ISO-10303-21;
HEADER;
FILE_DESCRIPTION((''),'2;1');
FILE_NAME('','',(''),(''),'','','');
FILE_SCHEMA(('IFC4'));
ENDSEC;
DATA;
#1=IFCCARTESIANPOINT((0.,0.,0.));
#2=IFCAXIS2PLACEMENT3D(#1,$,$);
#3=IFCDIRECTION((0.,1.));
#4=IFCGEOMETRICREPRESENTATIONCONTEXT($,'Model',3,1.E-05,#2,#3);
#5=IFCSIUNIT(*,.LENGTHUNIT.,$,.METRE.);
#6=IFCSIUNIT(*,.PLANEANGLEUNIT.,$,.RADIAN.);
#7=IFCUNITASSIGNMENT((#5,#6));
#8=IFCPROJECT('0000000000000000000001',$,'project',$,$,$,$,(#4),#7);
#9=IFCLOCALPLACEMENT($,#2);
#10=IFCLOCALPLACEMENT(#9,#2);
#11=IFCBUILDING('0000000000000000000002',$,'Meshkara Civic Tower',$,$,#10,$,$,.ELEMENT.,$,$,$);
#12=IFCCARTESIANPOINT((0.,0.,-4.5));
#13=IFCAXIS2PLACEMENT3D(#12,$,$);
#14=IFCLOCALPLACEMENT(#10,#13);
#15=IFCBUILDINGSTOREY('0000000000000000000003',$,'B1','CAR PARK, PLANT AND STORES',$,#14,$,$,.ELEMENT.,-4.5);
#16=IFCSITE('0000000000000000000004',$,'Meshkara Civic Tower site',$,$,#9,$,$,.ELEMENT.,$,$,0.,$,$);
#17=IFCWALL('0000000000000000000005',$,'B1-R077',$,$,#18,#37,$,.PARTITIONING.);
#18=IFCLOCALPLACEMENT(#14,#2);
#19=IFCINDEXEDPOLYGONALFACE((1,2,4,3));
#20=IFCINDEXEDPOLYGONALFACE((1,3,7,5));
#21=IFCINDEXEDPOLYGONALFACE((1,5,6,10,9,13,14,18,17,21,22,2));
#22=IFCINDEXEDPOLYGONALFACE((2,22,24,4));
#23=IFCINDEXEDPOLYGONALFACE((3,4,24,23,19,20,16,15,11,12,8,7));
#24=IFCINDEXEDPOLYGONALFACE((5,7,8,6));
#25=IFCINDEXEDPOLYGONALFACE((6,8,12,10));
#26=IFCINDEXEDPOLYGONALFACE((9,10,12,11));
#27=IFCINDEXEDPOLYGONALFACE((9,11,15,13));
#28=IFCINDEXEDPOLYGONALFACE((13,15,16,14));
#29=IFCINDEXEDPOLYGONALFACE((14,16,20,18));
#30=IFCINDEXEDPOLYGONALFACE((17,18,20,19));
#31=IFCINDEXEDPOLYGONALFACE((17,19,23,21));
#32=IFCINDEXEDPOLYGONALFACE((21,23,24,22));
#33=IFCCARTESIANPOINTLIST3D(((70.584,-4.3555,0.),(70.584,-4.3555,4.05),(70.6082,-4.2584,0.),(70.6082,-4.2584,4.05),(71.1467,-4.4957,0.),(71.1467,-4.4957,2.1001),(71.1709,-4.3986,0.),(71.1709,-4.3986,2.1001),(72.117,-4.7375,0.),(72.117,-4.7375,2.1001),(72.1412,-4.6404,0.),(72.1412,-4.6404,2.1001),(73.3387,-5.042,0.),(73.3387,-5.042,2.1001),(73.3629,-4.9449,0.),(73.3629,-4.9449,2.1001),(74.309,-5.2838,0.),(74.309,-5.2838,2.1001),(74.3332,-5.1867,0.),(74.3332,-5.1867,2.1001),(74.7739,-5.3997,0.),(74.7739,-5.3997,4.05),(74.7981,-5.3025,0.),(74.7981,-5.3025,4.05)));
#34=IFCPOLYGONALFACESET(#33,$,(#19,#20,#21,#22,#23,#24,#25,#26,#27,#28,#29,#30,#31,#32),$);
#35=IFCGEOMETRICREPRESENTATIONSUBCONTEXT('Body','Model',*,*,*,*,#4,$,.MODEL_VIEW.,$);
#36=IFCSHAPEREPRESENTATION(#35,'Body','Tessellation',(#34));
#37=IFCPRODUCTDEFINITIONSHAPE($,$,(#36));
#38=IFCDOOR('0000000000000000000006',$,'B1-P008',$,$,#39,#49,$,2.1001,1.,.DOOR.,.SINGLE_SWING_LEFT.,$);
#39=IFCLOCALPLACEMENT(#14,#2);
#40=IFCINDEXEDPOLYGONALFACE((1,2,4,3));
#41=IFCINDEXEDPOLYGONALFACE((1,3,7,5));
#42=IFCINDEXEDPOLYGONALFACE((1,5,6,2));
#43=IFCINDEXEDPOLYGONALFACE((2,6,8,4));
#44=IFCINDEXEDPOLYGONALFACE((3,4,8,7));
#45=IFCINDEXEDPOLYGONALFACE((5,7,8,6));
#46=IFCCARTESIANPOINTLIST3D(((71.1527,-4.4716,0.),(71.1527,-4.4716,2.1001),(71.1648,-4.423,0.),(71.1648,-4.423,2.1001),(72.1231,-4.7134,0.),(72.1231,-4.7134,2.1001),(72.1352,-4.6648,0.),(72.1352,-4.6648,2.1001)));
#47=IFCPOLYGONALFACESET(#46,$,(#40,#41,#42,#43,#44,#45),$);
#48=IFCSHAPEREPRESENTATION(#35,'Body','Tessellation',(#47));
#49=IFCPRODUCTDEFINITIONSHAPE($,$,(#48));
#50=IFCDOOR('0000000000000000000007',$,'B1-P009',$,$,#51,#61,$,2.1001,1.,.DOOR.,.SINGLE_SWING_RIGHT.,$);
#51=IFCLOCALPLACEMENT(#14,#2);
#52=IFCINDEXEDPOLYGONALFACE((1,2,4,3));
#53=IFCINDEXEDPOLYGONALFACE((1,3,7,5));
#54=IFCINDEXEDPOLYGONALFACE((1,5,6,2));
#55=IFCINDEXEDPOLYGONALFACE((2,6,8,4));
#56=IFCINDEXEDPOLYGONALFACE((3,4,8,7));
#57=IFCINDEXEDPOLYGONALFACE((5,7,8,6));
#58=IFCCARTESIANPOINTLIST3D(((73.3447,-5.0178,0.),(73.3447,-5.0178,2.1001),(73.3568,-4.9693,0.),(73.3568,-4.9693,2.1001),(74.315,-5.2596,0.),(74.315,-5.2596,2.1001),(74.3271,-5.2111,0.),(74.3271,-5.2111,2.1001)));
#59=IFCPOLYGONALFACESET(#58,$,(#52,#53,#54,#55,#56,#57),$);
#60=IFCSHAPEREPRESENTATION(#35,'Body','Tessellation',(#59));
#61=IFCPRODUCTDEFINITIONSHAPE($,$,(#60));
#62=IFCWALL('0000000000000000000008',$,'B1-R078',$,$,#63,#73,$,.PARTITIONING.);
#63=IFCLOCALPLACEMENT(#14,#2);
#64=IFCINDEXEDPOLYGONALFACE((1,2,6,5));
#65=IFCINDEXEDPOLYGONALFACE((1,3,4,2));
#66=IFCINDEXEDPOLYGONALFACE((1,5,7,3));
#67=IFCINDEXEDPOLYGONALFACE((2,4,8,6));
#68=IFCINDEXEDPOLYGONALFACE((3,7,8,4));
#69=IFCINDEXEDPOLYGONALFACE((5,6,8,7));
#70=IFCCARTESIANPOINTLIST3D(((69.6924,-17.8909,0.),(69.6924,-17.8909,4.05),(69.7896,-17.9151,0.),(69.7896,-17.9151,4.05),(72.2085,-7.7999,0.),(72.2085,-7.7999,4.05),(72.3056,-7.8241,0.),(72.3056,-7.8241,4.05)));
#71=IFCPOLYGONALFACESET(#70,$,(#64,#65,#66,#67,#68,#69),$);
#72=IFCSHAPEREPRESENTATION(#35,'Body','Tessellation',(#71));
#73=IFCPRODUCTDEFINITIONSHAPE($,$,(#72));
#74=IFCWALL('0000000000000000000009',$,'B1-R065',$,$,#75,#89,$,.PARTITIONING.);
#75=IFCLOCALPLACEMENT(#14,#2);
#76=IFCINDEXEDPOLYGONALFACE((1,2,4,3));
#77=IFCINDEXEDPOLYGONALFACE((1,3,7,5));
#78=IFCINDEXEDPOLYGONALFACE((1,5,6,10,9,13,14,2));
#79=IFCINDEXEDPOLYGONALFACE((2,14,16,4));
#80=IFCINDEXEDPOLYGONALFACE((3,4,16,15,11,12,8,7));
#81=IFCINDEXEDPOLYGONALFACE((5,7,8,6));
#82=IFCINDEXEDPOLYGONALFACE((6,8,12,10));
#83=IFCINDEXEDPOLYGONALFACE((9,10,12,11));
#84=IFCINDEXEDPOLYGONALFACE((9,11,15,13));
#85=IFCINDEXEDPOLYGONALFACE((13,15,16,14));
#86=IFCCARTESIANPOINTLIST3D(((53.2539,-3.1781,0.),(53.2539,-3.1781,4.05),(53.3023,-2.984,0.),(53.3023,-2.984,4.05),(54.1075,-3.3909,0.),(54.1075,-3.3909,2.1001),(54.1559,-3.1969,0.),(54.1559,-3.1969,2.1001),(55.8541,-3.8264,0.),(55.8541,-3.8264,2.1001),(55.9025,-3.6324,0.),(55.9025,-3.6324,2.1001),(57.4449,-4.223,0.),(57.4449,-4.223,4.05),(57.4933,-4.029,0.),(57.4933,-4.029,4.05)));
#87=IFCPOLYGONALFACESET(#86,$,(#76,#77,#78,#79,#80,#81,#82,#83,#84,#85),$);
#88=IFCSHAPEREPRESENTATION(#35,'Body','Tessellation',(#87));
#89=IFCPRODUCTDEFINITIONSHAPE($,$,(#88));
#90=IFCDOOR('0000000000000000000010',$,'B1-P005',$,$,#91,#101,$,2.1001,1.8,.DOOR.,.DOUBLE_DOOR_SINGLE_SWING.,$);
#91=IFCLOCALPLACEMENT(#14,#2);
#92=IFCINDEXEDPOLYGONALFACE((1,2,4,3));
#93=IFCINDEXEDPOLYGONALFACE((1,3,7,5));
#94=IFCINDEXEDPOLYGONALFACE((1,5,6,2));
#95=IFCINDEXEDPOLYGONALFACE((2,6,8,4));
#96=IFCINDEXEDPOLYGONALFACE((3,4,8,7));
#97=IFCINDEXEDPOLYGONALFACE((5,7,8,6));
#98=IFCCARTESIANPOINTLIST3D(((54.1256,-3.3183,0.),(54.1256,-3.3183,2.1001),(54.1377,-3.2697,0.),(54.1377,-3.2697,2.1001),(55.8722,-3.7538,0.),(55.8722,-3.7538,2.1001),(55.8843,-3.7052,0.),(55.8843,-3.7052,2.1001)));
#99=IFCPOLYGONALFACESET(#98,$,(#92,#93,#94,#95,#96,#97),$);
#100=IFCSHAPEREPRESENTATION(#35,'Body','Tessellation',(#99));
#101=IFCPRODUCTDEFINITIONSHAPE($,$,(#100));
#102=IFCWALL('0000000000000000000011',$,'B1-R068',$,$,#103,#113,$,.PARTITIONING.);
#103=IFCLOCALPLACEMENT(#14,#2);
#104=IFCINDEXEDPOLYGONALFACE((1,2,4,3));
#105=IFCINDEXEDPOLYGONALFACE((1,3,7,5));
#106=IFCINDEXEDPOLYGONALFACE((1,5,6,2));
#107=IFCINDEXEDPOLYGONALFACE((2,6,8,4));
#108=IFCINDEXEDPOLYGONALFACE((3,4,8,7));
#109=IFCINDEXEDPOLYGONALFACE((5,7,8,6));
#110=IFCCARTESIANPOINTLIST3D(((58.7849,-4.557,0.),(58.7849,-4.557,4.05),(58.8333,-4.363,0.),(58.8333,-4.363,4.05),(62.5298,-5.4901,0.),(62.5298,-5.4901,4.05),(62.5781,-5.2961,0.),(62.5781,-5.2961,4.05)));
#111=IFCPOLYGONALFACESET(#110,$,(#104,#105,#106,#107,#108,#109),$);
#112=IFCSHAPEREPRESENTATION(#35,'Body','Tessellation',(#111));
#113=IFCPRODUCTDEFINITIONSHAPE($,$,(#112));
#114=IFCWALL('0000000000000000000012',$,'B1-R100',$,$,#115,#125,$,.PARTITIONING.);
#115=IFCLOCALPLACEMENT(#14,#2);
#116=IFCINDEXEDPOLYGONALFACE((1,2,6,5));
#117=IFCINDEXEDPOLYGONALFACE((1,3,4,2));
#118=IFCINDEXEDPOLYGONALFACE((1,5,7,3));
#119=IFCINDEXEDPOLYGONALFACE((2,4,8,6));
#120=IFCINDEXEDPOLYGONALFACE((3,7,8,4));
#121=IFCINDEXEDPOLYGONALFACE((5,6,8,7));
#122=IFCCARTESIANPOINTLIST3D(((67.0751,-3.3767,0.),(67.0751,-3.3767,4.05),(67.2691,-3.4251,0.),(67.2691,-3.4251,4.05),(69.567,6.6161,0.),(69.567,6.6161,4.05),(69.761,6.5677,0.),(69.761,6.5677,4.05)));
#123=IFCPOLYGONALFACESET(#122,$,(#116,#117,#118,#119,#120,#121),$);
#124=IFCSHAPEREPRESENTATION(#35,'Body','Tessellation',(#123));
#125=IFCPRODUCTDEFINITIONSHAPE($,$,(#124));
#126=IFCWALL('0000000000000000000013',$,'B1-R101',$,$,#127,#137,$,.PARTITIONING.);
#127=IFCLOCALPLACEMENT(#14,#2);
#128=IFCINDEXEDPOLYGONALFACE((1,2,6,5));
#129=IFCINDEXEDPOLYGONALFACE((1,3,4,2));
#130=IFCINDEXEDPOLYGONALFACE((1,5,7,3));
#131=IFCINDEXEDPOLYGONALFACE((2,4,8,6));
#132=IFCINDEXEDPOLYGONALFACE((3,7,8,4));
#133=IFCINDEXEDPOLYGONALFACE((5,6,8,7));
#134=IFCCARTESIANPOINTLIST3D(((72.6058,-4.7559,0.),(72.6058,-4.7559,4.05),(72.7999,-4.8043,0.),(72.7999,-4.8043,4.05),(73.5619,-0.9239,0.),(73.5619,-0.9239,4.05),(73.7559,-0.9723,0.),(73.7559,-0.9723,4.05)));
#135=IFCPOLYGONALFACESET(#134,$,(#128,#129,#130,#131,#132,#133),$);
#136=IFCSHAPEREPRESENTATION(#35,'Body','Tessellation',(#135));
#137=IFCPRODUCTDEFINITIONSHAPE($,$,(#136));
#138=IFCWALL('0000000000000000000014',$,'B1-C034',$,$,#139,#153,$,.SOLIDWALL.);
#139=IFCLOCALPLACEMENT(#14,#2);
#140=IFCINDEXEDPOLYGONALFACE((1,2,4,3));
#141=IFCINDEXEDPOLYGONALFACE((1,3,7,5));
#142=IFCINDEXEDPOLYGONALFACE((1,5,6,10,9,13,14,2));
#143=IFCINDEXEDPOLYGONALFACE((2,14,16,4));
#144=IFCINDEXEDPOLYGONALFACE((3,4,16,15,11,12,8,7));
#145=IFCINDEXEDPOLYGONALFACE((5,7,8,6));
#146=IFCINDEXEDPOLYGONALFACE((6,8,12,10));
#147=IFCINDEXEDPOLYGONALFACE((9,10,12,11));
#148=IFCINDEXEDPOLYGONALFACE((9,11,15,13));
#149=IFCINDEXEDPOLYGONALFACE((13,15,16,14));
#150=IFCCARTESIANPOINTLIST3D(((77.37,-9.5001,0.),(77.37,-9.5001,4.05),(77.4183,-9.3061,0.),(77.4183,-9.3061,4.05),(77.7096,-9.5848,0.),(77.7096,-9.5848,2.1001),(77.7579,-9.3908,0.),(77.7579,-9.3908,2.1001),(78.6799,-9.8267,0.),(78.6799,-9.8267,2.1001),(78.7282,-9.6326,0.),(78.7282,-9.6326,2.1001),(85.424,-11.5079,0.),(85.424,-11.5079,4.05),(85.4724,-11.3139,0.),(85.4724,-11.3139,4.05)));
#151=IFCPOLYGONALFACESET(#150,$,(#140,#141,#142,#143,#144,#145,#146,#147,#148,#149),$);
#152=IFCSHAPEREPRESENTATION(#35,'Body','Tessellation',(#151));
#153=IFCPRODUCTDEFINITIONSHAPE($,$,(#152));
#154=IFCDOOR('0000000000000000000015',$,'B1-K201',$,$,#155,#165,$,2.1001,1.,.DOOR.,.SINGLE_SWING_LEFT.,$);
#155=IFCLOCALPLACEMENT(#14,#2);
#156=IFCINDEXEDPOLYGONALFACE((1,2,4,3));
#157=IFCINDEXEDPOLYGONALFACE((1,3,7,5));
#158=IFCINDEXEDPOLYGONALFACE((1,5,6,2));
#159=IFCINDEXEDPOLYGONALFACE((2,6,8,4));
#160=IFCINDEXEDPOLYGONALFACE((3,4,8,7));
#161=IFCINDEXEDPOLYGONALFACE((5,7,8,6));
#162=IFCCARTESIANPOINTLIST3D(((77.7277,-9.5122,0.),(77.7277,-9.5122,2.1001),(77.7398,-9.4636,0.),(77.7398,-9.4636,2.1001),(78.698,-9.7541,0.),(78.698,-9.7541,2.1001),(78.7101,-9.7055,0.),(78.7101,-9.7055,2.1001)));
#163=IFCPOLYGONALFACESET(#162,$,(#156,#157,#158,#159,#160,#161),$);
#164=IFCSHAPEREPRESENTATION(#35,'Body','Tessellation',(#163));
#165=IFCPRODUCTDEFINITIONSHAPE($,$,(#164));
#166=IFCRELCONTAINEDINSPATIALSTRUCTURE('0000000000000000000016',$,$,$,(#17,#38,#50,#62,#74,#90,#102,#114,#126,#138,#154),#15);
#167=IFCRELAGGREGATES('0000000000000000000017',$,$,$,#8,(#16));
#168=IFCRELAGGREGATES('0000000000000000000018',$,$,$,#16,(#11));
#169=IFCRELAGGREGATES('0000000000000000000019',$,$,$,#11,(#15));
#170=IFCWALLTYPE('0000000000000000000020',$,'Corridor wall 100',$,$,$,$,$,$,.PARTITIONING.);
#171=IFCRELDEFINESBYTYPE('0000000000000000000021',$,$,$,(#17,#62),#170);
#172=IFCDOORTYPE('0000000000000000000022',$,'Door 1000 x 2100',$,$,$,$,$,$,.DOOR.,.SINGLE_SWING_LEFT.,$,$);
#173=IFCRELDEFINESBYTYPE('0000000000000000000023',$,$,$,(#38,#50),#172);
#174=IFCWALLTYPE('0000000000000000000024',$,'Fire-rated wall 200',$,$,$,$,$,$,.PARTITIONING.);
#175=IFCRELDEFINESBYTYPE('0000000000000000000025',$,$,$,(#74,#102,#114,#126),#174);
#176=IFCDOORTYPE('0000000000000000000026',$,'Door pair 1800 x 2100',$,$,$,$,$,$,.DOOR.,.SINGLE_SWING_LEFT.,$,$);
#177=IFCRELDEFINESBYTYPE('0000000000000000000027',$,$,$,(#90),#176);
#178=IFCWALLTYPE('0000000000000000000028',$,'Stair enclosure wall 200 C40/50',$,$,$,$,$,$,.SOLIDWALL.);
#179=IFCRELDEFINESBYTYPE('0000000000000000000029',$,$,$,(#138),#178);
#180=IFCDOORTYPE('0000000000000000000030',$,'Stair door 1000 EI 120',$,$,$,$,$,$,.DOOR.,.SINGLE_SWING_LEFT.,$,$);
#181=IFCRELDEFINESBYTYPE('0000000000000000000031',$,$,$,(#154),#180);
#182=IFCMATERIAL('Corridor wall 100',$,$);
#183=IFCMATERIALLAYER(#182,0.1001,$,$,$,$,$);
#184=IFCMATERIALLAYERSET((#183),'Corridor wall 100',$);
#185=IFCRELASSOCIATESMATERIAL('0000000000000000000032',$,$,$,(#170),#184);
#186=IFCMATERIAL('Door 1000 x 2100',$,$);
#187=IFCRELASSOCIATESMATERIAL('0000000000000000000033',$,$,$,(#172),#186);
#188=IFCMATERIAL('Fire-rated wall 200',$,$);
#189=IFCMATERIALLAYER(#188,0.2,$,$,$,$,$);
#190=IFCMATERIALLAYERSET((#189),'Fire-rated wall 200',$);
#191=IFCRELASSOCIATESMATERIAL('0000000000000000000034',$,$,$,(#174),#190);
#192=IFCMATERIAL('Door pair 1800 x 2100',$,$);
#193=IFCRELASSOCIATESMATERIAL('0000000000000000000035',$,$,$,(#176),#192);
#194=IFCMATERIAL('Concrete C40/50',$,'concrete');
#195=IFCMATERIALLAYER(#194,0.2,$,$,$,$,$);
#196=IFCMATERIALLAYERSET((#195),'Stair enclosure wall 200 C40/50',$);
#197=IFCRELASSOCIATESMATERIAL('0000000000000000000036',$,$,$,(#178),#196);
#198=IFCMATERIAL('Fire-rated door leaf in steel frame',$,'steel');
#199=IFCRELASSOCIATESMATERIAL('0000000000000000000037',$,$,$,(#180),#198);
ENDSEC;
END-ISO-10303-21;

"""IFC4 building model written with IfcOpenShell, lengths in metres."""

from ifc_helpers import new_model, si_unit, direction, frame, frame_2d, origin, place, context, subcontext, project, spatial, rectangle, extrude, material, layer, layer_set, type_object, element, fill, save


model = new_model("IFC4")

# Units and contexts
model_context = context("Model", 3, precision=1e-05, world=origin(), true_north=direction((0.0, 1.0)))
body_context = subcontext(model_context, "Body", "Model", "MODEL_VIEW")
ifc_project = project(units=[si_unit("LENGTHUNIT", "METRE"), si_unit("PLANEANGLEUNIT", "RADIAN")], contexts=[model_context])

# Site, building, storey
site_placement = place(None, origin())
site = spatial("IfcSite", under=ifc_project, at=site_placement, Name="Meshkara Civic Tower site", CompositionType="ELEMENT", RefElevation=0.0)
building_placement = place(site_placement, origin())
building = spatial("IfcBuilding", under=site, at=building_placement, Name="Meshkara Civic Tower", CompositionType="ELEMENT")
storey_placement = place(building_placement, frame((0.0, 0.0, -4.5)))
storey = spatial("IfcBuildingStorey", under=building, at=storey_placement, Name="B1", Description="CAR PARK, PLANT AND STORES", CompositionType="ELEMENT", Elevation=-4.5)

# Shared definitions
ifc_material_1 = material(Name="Corridor wall 100")
ifc_layer_1 = layer(ifc_material_1, 0.1001)
ifc_layer_set_1 = layer_set([ifc_layer_1], Name="Corridor wall 100")
wall_type_1 = type_object("IfcWallType", Name="Corridor wall 100", PredefinedType="PARTITIONING", material=ifc_layer_set_1)

# Shared definitions
ifc_material_2 = material(Name="Door 1000 x 2100")
door_type_1 = type_object("IfcDoorType", Name="Door 1000 x 2100", OperationType="SINGLE_SWING_LEFT", PredefinedType="DOOR", material=ifc_material_2)

# Wall, openings, doors
wall_1_placement = place(storey_placement, frame((70.5959, -4.3069, 0.0), z_axis=(0.0, 0.0, 1.0), x_axis=(0.970322, -0.241817, 0.0)))
wall_1 = element("IfcWall", 1, at=wall_1_placement, inside=storey, type_object=wall_type_1, Name="B1-R077", PredefinedType="PARTITIONING", context=body_context, shape_type="SweptSolid", body=[
    extrude(rectangle(XDim=4.3181, YDim=0.1001, at=frame_2d((2.1592, 0.0))), origin(), (0.0, 0.0, 1.0), 4.05),
])
opening_1_placement = place(wall_1_placement, frame((0.5801, 0.0, 0.0)))
opening_1 = element("IfcOpeningElement", 2, at=opening_1_placement, cuts=wall_1, PredefinedType="OPENING", context=body_context, shape_type="SweptSolid", body=[
    extrude(rectangle(XDim=1.0, YDim=2.1001, at=frame_2d((0.5, 1.05))), frame((0.0, 0.0601, 0.0), z_axis=(0.0, -1.0, 0.0), x_axis=(1.0, 0.0, 0.0)), (0.0, 0.0, 1.0), 0.1201),
])
opening_2_placement = place(wall_1_placement, frame((2.8391, 0.0, 0.0)))
opening_2 = element("IfcOpeningElement", 3, at=opening_2_placement, cuts=wall_1, PredefinedType="OPENING", context=body_context, shape_type="SweptSolid", body=[
    extrude(rectangle(XDim=1.0, YDim=2.1001, at=frame_2d((0.5, 1.05))), frame((0.0, 0.0601, 0.0), z_axis=(0.0, -1.0, 0.0), x_axis=(1.0, 0.0, 0.0)), (0.0, 0.0, 1.0), 0.1201),
])
door_1_placement = place(opening_1_placement, origin())
door_1 = element("IfcDoor", 4, at=door_1_placement, inside=storey, type_object=door_type_1, Name="B1-P008", OperationType="SINGLE_SWING_LEFT", OverallHeight=2.1001, OverallWidth=1.0, PredefinedType="DOOR", context=body_context, shape_type="SweptSolid", body=[
    extrude(rectangle(XDim=1.0, YDim=2.1001, at=frame_2d((0.5, 1.05))), frame((0.0, 0.0249, 0.0), z_axis=(0.0, -1.0, 0.0), x_axis=(1.0, 0.0, 0.0)), (0.0, 0.0, 1.0), 0.05),
])
fill(opening_1, door_1)
door_2_placement = place(opening_2_placement, origin())
door_2 = element("IfcDoor", 5, at=door_2_placement, inside=storey, type_object=door_type_1, Name="B1-P009", OperationType="SINGLE_SWING_RIGHT", OverallHeight=2.1001, OverallWidth=1.0, PredefinedType="DOOR", context=body_context, shape_type="SweptSolid", body=[
    extrude(rectangle(XDim=1.0, YDim=2.1001, at=frame_2d((0.5, 1.05))), frame((0.0, 0.0249, 0.0), z_axis=(0.0, -1.0, 0.0), x_axis=(1.0, 0.0, 0.0)), (0.0, 0.0, 1.0), 0.05),
])
fill(opening_2, door_2)

# Wall
wall_2_placement = place(storey_placement, frame((72.2571, -7.812, 0.0), z_axis=(0.0, 0.0, 1.0), x_axis=(-0.241934, -0.970293, 0.0)))
element("IfcWall", 6, at=wall_2_placement, inside=storey, type_object=wall_type_1, Name="B1-R078", PredefinedType="PARTITIONING", context=body_context, shape_type="SweptSolid", body=[
    extrude(rectangle(XDim=10.3999, YDim=0.1001, at=frame_2d((5.2, 0.0))), origin(), (0.0, 0.0, 1.0), 4.05),
])

# Wall, opening, door
ifc_material_3 = material(Name="Fire-rated wall 200")
ifc_layer_2 = layer(ifc_material_3, 0.2)
ifc_layer_set_2 = layer_set([ifc_layer_2], Name="Fire-rated wall 200")
wall_type_2 = type_object("IfcWallType", Name="Fire-rated wall 200", PredefinedType="PARTITIONING", material=ifc_layer_set_2)
wall_3_placement = place(storey_placement, frame((53.2781, -3.0811, 0.0), z_axis=(0.0, 0.0, 1.0), x_axis=(0.970295, -0.241924, 0.0)))
wall_3 = element("IfcWall", 7, at=wall_3_placement, inside=storey, type_object=wall_type_2, Name="B1-R065", PredefinedType="PARTITIONING", context=body_context, shape_type="SweptSolid", body=[
    extrude(rectangle(XDim=4.3193, YDim=0.2, at=frame_2d((2.1597, 0.0))), origin(), (0.0, 0.0, 1.0), 4.05),
])
opening_3_placement = place(wall_3_placement, frame((0.8799, 0.0, 0.0)))
opening_3 = element("IfcOpeningElement", 8, at=opening_3_placement, cuts=wall_3, PredefinedType="OPENING", context=body_context, shape_type="SweptSolid", body=[
    extrude(rectangle(XDim=1.8, YDim=2.1001, at=frame_2d((0.8999, 1.05))), frame((0.0, 0.1099, 0.0), z_axis=(0.0, -1.0, 0.0), x_axis=(1.0, 0.0, 0.0)), (0.0, 0.0, 1.0), 0.22),
])
ifc_material_4 = material(Name="Door pair 1800 x 2100")
door_type_2 = type_object("IfcDoorType", Name="Door pair 1800 x 2100", OperationType="SINGLE_SWING_LEFT", PredefinedType="DOOR", material=ifc_material_4)
door_3_placement = place(opening_3_placement, origin())
door_3 = element("IfcDoor", 9, at=door_3_placement, inside=storey, type_object=door_type_2, Name="B1-P005", OperationType="DOUBLE_DOOR_SINGLE_SWING", OverallHeight=2.1001, OverallWidth=1.8, PredefinedType="DOOR", context=body_context, shape_type="SweptSolid", body=[
    extrude(rectangle(XDim=1.8, YDim=2.1001, at=frame_2d((0.8999, 1.05))), frame((0.0, 0.0249, 0.0), z_axis=(0.0, -1.0, 0.0), x_axis=(1.0, 0.0, 0.0)), (0.0, 0.0, 1.0), 0.05),
])
fill(opening_3, door_3)

# Walls
wall_4_placement = place(storey_placement, frame((58.8091, -4.46, 0.0), z_axis=(0.0, 0.0, 1.0), x_axis=(0.970332, -0.241776, 0.0)))
element("IfcWall", 10, at=wall_4_placement, inside=storey, type_object=wall_type_2, Name="B1-R068", PredefinedType="PARTITIONING", context=body_context, shape_type="SweptSolid", body=[
    extrude(rectangle(XDim=3.8594, YDim=0.2, at=frame_2d((1.9297, 0.0))), origin(), (0.0, 0.0, 1.0), 4.05),
])
wall_5_placement = place(storey_placement, frame((67.1721, -3.4009, 0.0), z_axis=(0.0, 0.0, 1.0), x_axis=(0.241961, 0.970286, 0.0)))
element("IfcWall", 11, at=wall_5_placement, inside=storey, type_object=wall_type_2, Name="B1-R100", PredefinedType="PARTITIONING", context=body_context, shape_type="SweptSolid", body=[
    extrude(rectangle(XDim=10.2988, YDim=0.2, at=frame_2d((5.1494, 0.0))), origin(), (0.0, 0.0, 1.0), 4.05),
])
wall_6_placement = place(storey_placement, frame((72.7029, -4.78, 0.0), z_axis=(0.0, 0.0, 1.0), x_axis=(0.24207, 0.970259, 0.0)))
element("IfcWall", 12, at=wall_6_placement, inside=storey, type_object=wall_type_2, Name="B1-R101", PredefinedType="PARTITIONING", context=body_context, shape_type="SweptSolid", body=[
    extrude(rectangle(XDim=3.9495, YDim=0.2, at=frame_2d((1.9746, 0.0))), origin(), (0.0, 0.0, 1.0), 4.05),
])

# Wall, opening, door
ifc_material_5 = material(Name="Concrete C40/50", Category="concrete")
ifc_layer_3 = layer(ifc_material_5, 0.2)
ifc_layer_set_3 = layer_set([ifc_layer_3], Name="Stair enclosure wall 200 C40/50")
wall_type_3 = type_object("IfcWallType", Name="Stair enclosure wall 200 C40/50", PredefinedType="SOLIDWALL", material=ifc_layer_set_3)
wall_7_placement = place(storey_placement, frame((77.394, -9.4031, 0.0), z_axis=(0.0, 0.0, 1.0), x_axis=(0.970303, -0.241892, 0.0)))
wall_7 = element("IfcWall", 13, at=wall_7_placement, inside=storey, type_object=wall_type_3, Name="B1-C034", PredefinedType="SOLIDWALL", context=body_context, shape_type="SweptSolid", body=[
    extrude(rectangle(XDim=8.3005, YDim=0.2, at=frame_2d((4.1504, 0.0))), origin(), (0.0, 0.0, 1.0), 4.05),
])
opening_4_placement = place(wall_7_placement, frame((0.3501, 0.0, 0.0)))
opening_4 = element("IfcOpeningElement", 14, at=opening_4_placement, cuts=wall_7, PredefinedType="OPENING", context=body_context, shape_type="SweptSolid", body=[
    extrude(rectangle(XDim=1.0, YDim=2.1001, at=frame_2d((0.5, 1.05))), frame((0.0, 0.1099, 0.0), z_axis=(0.0, -1.0, 0.0), x_axis=(1.0, 0.0, 0.0)), (0.0, 0.0, 1.0), 0.22),
])
ifc_material_6 = material(Name="Fire-rated door leaf in steel frame", Category="steel")
door_type_3 = type_object("IfcDoorType", Name="Stair door 1000 EI 120", OperationType="SINGLE_SWING_LEFT", PredefinedType="DOOR", material=ifc_material_6)
door_4_placement = place(opening_4_placement, origin())
door_4 = element("IfcDoor", 15, at=door_4_placement, inside=storey, type_object=door_type_3, Name="B1-K201", OperationType="SINGLE_SWING_LEFT", OverallHeight=2.1001, OverallWidth=1.0, PredefinedType="DOOR", context=body_context, shape_type="SweptSolid", body=[
    extrude(rectangle(XDim=1.0, YDim=2.1001, at=frame_2d((0.5, 1.05))), frame((0.0, 0.0249, 0.0), z_axis=(0.0, -1.0, 0.0), x_axis=(1.0, 0.0, 0.0)), (0.0, 0.0, 1.0), 0.05),
])
fill(opening_4, door_4)

save(model, "model.ifc")
